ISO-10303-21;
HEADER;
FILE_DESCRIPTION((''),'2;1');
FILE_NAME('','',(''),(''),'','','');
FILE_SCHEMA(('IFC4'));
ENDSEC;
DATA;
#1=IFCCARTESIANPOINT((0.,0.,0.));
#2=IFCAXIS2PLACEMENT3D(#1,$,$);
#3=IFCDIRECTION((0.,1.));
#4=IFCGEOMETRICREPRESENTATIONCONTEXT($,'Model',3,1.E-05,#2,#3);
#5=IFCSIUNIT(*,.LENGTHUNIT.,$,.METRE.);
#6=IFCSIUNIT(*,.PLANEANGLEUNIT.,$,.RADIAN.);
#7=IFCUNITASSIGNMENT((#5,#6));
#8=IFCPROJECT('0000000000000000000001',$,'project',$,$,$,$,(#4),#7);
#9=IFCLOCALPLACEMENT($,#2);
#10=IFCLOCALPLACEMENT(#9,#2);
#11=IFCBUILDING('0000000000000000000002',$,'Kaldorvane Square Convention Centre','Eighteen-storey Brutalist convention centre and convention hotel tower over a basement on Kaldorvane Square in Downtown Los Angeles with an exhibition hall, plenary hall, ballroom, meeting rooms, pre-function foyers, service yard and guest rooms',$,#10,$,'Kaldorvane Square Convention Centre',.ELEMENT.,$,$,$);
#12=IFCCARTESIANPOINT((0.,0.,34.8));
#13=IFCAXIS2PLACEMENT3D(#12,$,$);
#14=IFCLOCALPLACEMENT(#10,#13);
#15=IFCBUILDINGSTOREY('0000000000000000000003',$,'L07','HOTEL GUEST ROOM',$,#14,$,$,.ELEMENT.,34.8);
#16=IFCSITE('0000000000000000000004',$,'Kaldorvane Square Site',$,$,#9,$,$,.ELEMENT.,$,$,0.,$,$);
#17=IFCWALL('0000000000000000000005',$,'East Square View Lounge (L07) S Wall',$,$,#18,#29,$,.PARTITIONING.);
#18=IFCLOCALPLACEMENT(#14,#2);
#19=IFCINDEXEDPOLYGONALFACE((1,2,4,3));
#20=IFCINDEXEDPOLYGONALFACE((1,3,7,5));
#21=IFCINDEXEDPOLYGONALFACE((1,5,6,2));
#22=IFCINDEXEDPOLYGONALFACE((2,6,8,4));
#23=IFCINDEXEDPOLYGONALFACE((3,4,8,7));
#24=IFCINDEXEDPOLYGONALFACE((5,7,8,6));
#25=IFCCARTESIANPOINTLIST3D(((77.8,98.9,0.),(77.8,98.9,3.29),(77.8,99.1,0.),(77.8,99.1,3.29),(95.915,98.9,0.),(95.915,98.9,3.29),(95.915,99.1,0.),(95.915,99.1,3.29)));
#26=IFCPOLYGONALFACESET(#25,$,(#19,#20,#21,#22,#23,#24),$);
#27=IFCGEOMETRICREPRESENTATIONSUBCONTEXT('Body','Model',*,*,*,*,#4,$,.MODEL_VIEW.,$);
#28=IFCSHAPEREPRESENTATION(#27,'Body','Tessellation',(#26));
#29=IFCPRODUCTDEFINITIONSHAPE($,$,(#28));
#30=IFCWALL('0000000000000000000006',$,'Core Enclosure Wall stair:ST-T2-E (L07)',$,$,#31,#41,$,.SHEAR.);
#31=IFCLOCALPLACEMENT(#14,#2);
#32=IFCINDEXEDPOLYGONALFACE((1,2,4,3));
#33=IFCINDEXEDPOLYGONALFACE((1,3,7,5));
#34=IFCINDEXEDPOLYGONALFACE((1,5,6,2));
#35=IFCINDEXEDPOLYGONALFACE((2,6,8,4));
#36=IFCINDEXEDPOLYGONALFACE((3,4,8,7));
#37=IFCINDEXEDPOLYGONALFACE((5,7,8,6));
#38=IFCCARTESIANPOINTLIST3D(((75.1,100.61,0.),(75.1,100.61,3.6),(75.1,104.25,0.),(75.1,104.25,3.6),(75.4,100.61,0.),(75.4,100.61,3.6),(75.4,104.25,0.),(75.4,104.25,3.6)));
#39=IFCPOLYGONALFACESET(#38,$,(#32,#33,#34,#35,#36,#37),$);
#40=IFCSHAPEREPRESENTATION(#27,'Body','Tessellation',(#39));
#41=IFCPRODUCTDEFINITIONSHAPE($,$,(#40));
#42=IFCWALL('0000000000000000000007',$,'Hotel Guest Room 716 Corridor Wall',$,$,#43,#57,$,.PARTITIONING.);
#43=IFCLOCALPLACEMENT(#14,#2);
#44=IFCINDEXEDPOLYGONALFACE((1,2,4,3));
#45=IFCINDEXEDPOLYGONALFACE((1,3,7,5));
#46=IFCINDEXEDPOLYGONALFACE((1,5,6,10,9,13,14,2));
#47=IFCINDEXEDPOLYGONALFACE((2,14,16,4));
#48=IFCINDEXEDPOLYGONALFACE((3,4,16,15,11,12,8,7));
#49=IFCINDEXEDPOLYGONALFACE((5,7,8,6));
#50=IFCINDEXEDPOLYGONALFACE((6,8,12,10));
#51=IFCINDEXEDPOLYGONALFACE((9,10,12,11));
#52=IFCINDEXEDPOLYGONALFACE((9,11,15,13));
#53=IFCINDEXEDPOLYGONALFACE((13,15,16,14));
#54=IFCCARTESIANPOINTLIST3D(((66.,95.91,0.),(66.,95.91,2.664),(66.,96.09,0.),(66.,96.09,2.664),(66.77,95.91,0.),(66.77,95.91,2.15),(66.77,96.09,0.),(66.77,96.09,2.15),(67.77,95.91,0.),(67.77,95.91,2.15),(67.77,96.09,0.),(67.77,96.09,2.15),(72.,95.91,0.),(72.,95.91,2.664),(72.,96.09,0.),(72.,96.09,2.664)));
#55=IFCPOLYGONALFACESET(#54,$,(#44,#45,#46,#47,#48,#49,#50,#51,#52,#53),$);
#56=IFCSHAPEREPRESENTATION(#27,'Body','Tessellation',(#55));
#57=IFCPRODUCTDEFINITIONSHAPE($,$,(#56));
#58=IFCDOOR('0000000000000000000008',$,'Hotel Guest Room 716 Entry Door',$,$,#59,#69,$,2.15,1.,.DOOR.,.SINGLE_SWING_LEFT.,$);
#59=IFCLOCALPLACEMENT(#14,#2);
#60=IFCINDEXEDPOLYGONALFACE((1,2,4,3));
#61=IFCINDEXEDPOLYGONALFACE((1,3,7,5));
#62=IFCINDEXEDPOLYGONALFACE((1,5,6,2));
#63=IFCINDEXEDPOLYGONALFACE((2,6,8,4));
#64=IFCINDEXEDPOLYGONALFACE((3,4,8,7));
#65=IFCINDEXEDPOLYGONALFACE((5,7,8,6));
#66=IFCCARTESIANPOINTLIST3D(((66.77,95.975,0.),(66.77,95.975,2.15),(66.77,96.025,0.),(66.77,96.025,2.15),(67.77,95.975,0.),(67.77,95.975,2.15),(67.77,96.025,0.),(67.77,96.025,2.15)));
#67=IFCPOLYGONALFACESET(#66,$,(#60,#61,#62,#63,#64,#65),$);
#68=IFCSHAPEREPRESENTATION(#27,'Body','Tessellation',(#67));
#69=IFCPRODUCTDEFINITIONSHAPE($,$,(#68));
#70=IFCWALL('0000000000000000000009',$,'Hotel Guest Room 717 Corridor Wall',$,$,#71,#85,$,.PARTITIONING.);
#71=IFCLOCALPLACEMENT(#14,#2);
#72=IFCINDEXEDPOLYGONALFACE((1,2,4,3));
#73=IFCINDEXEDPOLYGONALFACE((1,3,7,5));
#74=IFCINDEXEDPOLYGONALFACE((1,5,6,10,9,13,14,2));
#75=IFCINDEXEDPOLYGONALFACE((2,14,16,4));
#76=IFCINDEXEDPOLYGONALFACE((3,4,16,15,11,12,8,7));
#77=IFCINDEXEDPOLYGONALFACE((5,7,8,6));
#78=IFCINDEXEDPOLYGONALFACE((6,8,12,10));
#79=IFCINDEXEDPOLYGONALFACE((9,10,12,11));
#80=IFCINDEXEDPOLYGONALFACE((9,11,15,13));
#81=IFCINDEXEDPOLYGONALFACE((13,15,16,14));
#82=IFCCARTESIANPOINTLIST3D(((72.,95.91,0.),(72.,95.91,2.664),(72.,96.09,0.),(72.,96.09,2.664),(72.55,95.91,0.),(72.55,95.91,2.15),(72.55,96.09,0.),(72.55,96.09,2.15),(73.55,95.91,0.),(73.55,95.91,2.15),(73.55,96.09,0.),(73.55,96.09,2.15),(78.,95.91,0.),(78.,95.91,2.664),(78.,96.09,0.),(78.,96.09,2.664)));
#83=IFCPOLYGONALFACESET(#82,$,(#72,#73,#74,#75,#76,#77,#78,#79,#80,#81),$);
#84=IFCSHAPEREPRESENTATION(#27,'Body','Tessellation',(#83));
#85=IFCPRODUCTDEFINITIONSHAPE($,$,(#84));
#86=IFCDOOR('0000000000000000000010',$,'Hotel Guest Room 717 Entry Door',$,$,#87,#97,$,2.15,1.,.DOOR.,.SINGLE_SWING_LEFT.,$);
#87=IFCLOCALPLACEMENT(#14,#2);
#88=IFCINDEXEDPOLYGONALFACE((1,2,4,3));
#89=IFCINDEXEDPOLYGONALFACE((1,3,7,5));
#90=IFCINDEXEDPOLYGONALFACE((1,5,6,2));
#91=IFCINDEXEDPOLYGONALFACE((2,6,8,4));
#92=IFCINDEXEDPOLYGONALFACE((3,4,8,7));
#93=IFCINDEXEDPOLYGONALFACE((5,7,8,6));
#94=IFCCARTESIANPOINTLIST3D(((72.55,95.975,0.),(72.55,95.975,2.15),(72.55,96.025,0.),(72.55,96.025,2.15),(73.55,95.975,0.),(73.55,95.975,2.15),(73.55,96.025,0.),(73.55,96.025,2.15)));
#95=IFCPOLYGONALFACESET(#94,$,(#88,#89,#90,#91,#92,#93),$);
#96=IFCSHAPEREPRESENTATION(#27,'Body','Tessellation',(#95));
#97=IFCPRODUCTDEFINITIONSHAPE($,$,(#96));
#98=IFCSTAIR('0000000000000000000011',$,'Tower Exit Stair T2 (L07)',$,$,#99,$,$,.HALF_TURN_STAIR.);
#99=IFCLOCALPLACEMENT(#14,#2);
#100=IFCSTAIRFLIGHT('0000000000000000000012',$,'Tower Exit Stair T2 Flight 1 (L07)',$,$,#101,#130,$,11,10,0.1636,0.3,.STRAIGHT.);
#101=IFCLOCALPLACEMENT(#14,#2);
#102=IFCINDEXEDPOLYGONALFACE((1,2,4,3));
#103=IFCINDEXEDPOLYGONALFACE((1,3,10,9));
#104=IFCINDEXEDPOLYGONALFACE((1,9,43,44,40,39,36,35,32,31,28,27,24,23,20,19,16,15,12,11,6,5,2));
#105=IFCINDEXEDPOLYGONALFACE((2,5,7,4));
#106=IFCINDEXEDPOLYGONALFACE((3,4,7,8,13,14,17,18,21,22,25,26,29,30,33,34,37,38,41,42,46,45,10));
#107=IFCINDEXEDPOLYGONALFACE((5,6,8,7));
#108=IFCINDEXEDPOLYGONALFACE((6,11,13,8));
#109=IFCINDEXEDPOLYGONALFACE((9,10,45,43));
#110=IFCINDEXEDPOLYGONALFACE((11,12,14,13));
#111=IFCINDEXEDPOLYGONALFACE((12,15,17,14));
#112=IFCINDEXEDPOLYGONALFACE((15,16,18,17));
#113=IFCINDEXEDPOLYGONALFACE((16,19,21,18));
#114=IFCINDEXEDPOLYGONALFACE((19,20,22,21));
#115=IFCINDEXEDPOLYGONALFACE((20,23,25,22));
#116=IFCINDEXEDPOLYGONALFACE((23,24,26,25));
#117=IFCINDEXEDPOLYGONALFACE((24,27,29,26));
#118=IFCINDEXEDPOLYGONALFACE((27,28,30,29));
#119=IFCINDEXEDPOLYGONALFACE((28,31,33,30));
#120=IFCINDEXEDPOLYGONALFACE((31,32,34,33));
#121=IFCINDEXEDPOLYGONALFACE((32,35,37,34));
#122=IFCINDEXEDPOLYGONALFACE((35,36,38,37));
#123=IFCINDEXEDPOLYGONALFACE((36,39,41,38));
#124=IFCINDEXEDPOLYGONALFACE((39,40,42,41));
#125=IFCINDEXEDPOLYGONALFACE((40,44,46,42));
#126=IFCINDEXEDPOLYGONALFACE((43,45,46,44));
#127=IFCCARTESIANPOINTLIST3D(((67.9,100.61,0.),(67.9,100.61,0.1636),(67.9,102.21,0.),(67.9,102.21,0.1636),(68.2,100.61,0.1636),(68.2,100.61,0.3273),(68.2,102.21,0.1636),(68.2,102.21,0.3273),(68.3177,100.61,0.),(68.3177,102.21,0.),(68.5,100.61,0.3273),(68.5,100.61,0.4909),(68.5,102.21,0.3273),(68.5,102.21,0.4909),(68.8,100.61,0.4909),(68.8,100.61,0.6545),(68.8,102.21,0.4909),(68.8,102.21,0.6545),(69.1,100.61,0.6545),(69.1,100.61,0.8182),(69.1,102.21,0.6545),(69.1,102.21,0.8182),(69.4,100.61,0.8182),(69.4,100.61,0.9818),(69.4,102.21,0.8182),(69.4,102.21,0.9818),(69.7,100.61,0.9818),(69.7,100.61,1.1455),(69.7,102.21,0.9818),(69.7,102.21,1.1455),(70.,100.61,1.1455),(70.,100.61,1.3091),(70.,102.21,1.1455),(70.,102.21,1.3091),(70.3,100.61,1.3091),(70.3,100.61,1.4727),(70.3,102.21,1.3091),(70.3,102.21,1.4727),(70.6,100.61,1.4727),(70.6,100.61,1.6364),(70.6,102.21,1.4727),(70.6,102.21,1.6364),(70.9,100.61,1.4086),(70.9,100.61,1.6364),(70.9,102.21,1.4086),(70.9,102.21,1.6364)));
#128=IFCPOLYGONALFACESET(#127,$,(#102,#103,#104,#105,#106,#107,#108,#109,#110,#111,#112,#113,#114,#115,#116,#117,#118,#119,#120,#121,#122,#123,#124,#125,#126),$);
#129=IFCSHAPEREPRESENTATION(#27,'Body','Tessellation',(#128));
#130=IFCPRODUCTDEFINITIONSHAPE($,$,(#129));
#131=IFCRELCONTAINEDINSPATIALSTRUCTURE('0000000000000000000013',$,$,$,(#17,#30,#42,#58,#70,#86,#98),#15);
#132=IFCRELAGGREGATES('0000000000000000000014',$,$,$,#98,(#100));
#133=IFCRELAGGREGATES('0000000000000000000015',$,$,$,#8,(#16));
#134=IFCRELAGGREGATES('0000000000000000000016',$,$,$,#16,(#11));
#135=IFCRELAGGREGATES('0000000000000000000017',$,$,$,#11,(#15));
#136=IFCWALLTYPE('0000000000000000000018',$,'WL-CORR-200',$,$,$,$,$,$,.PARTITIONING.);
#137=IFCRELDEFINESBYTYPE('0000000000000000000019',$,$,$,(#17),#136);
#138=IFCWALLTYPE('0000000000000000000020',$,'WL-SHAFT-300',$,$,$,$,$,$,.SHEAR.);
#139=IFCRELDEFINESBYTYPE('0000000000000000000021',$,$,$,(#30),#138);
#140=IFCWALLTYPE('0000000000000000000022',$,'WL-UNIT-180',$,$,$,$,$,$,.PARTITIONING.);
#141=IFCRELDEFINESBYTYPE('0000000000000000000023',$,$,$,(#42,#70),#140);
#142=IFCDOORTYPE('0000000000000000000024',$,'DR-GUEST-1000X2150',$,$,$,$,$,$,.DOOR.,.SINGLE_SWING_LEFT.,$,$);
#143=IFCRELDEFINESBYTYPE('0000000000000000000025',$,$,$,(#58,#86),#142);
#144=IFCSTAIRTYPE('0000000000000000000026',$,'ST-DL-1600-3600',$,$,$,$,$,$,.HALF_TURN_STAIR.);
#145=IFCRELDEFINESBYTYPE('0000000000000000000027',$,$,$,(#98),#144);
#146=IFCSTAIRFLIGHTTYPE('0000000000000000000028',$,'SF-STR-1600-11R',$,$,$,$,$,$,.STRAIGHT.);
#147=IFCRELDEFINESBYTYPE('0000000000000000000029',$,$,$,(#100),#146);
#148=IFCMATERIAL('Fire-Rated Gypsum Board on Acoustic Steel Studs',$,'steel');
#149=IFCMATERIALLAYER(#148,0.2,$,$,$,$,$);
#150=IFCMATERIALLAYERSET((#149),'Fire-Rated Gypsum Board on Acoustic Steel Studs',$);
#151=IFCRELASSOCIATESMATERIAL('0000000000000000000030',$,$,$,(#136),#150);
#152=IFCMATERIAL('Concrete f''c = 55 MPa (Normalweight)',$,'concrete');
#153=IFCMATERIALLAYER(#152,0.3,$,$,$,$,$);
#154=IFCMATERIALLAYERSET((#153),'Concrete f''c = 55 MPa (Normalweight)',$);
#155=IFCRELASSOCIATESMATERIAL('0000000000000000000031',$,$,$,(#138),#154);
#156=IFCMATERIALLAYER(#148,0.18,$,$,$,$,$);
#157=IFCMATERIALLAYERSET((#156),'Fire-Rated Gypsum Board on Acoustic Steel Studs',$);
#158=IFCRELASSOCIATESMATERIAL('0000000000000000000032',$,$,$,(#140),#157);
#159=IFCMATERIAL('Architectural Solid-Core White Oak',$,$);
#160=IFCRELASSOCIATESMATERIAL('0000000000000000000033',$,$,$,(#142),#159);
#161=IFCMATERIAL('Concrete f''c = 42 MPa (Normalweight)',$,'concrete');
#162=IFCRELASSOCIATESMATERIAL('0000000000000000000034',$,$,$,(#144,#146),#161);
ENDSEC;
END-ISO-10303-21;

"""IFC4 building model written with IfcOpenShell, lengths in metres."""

from ifc_helpers import new_model, si_unit, direction, frame, frame_2d, origin, place, context, subcontext, project, spatial, polyline, rectangle, outline, extrude, material, layer, layer_set, type_object, element, fill, aggregate, save


model = new_model("IFC4")

# Units and contexts
model_context = context("Model", 3, precision=1e-05, world=origin(), true_north=direction((0.0, 1.0)))
body_context = subcontext(model_context, "Body", "Model", "MODEL_VIEW")
ifc_project = project(units=[si_unit("LENGTHUNIT", "METRE"), si_unit("PLANEANGLEUNIT", "RADIAN")], contexts=[model_context])

# Site, building, storey
site_placement = place(None, origin())
site = spatial("IfcSite", under=ifc_project, at=site_placement, Name="Kaldorvane Square Site", CompositionType="ELEMENT", RefElevation=0.0)
building_placement = place(site_placement, origin())
building = spatial("IfcBuilding", under=site, at=building_placement, Name="Kaldorvane Square Convention Centre", Description="Eighteen-storey Brutalist convention centre and convention hotel tower over a basement on Kaldorvane Square in Downtown Los Angeles with an exhibition hall, plenary hall, ballroom, meeting rooms, pre-function foyers, service yard and guest rooms", LongName="Kaldorvane Square Convention Centre", CompositionType="ELEMENT")
storey_placement = place(building_placement, frame((0.0, 0.0, 34.8)))
storey = spatial("IfcBuildingStorey", under=building, at=storey_placement, Name="L07", Description="HOTEL GUEST ROOM", CompositionType="ELEMENT", Elevation=34.8)

# Shared definitions
ifc_material_1 = material(Name="Fire-Rated Gypsum Board on Acoustic Steel Studs", Category="steel")
ifc_material_2 = material(Name="Architectural Solid-Core White Oak")

# Walls
ifc_layer_1 = layer(ifc_material_1, 0.2)
ifc_layer_set_1 = layer_set([ifc_layer_1], Name="Fire-Rated Gypsum Board on Acoustic Steel Studs")
wall_type_1 = type_object("IfcWallType", Name="WL-CORR-200", PredefinedType="PARTITIONING", material=ifc_layer_set_1)
wall_1_placement = place(storey_placement, frame((77.8, 99.0, 0.0), z_axis=(0.0, 0.0, 1.0), x_axis=(1.0, 0.0, 0.0)))
element("IfcWall", 1, at=wall_1_placement, inside=storey, type_object=wall_type_1, Name="East Square View Lounge (L07) S Wall", PredefinedType="PARTITIONING", context=body_context, shape_type="SweptSolid", body=[
    extrude(rectangle(XDim=18.115, YDim=0.2, at=frame_2d((9.0575, 0.0))), origin(), (0.0, 0.0, 1.0), 3.29),
])
ifc_material_3 = material(Name="Concrete f'c = 55 MPa (Normalweight)", Category="concrete")
ifc_layer_2 = layer(ifc_material_3, 0.3)
ifc_layer_set_2 = layer_set([ifc_layer_2], Name="Concrete f'c = 55 MPa (Normalweight)")
wall_type_2 = type_object("IfcWallType", Name="WL-SHAFT-300", PredefinedType="SHEAR", material=ifc_layer_set_2)
wall_2_placement = place(storey_placement, frame((75.25, 100.61, 0.0), z_axis=(0.0, 0.0, 1.0), x_axis=(0.0, 1.0, 0.0)))
element("IfcWall", 2, at=wall_2_placement, inside=storey, type_object=wall_type_2, Name="Core Enclosure Wall stair:ST-T2-E (L07)", PredefinedType="SHEAR", context=body_context, shape_type="SweptSolid", body=[
    extrude(rectangle(XDim=3.64, YDim=0.3, at=frame_2d((1.82, 0.0))), origin(), (0.0, 0.0, 1.0), 3.6),
])

# Walls, openings, doors
ifc_layer_3 = layer(ifc_material_1, 0.18)
ifc_layer_set_3 = layer_set([ifc_layer_3], Name="Fire-Rated Gypsum Board on Acoustic Steel Studs")
wall_type_3 = type_object("IfcWallType", Name="WL-UNIT-180", PredefinedType="PARTITIONING", material=ifc_layer_set_3)
wall_3_placement = place(storey_placement, frame((66.0, 96.0, 0.0), z_axis=(0.0, 0.0, 1.0), x_axis=(1.0, 0.0, 0.0)))
wall_3 = element("IfcWall", 3, at=wall_3_placement, inside=storey, type_object=wall_type_3, Name="Hotel Guest Room 716 Corridor Wall", PredefinedType="PARTITIONING", context=body_context, shape_type="SweptSolid", body=[
    extrude(rectangle(XDim=6.0, YDim=0.18, at=frame_2d((3.0, 0.0))), origin(), (0.0, 0.0, 1.0), 2.664),
])
opening_1_placement = place(wall_3_placement, frame((0.77, 0.0, 0.0)))
opening_1 = element("IfcOpeningElement", 4, at=opening_1_placement, cuts=wall_3, PredefinedType="OPENING", context=body_context, shape_type="SweptSolid", body=[
    extrude(rectangle(XDim=1.0, YDim=2.15, at=frame_2d((0.5, 1.075))), frame((0.0, 0.105, 0.0), z_axis=(0.0, -1.0, 0.0), x_axis=(1.0, 0.0, 0.0)), (0.0, 0.0, 1.0), 0.21),
])
door_type_1 = type_object("IfcDoorType", Name="DR-GUEST-1000X2150", OperationType="SINGLE_SWING_LEFT", PredefinedType="DOOR", material=ifc_material_2)
door_1_placement = place(opening_1_placement, origin())
door_1 = element("IfcDoor", 5, at=door_1_placement, inside=storey, type_object=door_type_1, Name="Hotel Guest Room 716 Entry Door", OperationType="SINGLE_SWING_LEFT", OverallHeight=2.15, OverallWidth=1.0, PredefinedType="DOOR", context=body_context, shape_type="SweptSolid", body=[
    extrude(rectangle(XDim=1.0, YDim=2.15, at=frame_2d((0.5, 1.075))), frame((0.0, 0.025, 0.0), z_axis=(0.0, -1.0, 0.0), x_axis=(1.0, 0.0, 0.0)), (0.0, 0.0, 1.0), 0.05),
])
fill(opening_1, door_1)
wall_4_placement = place(storey_placement, frame((72.0, 96.0, 0.0), z_axis=(0.0, 0.0, 1.0), x_axis=(1.0, 0.0, 0.0)))
wall_4 = element("IfcWall", 6, at=wall_4_placement, inside=storey, type_object=wall_type_3, Name="Hotel Guest Room 717 Corridor Wall", PredefinedType="PARTITIONING", context=body_context, shape_type="SweptSolid", body=[
    extrude(rectangle(XDim=6.0, YDim=0.18, at=frame_2d((3.0, 0.0))), origin(), (0.0, 0.0, 1.0), 2.664),
])
opening_2_placement = place(wall_4_placement, frame((0.55, 0.0, 0.0)))
opening_2 = element("IfcOpeningElement", 7, at=opening_2_placement, cuts=wall_4, PredefinedType="OPENING", context=body_context, shape_type="SweptSolid", body=[
    extrude(rectangle(XDim=1.0, YDim=2.15, at=frame_2d((0.5, 1.075))), frame((0.0, 0.105, 0.0), z_axis=(0.0, -1.0, 0.0), x_axis=(1.0, 0.0, 0.0)), (0.0, 0.0, 1.0), 0.21),
])
door_2_placement = place(opening_2_placement, origin())
door_2 = element("IfcDoor", 8, at=door_2_placement, inside=storey, type_object=door_type_1, Name="Hotel Guest Room 717 Entry Door", OperationType="SINGLE_SWING_LEFT", OverallHeight=2.15, OverallWidth=1.0, PredefinedType="DOOR", context=body_context, shape_type="SweptSolid", body=[
    extrude(rectangle(XDim=1.0, YDim=2.15, at=frame_2d((0.5, 1.075))), frame((0.0, 0.025, 0.0), z_axis=(0.0, -1.0, 0.0), x_axis=(1.0, 0.0, 0.0)), (0.0, 0.0, 1.0), 0.05),
])
fill(opening_2, door_2)

# Stair, stair flight
ifc_material_4 = material(Name="Concrete f'c = 42 MPa (Normalweight)", Category="concrete")
stair_type = type_object("IfcStairType", Name="ST-DL-1600-3600", PredefinedType="HALF_TURN_STAIR", material=ifc_material_4)
stair_placement = place(storey_placement, origin())
stair = element("IfcStair", 9, at=stair_placement, inside=storey, type_object=stair_type, Name="Tower Exit Stair T2 (L07)", PredefinedType="HALF_TURN_STAIR")
stair_flight_type = type_object("IfcStairFlightType", Name="SF-STR-1600-11R", PredefinedType="STRAIGHT", material=ifc_material_4)
stair_flight_placement = place(storey_placement, frame((67.9, 101.41, 0.0), z_axis=(0.0, 0.0, 1.0), x_axis=(1.0, 0.0, 0.0)))
stair_flight = element("IfcStairFlight", 10, at=stair_flight_placement, type_object=stair_flight_type, Name="Tower Exit Stair T2 Flight 1 (L07)", NumberOfRisers=11, NumberOfTreads=10, PredefinedType="STRAIGHT", RiserHeight=0.1636, TreadLength=0.3, context=body_context, shape_type="SweptSolid", body=[
    extrude(outline(polyline([(0.0, 0.0), (0.0, 0.1636), (0.3, 0.1636), (0.3, 0.3273), (0.6, 0.3273), (0.6, 0.4909), (0.9, 0.4909), (0.9, 0.6545), (1.2, 0.6545), (1.2, 0.8182), (1.5, 0.8182), (1.5, 0.9818), (1.8, 0.9818), (1.8, 1.1455), (2.1, 1.1455), (2.1, 1.3091), (2.4, 1.3091), (2.4, 1.4727), (2.7, 1.4727), (2.7, 1.6364), (3.0, 1.6364), (3.0, 1.8), (3.0, 1.4086), (0.4177, 0.0), (0.0, 0.0)])), frame((0.0, 0.8, 0.0), z_axis=(0.0, -1.0, 0.0), x_axis=(1.0, 0.0, 0.0)), (0.0, 0.0, 1.0), 1.6),
])
aggregate(stair, [stair_flight])

save(model, "model.ifc")
